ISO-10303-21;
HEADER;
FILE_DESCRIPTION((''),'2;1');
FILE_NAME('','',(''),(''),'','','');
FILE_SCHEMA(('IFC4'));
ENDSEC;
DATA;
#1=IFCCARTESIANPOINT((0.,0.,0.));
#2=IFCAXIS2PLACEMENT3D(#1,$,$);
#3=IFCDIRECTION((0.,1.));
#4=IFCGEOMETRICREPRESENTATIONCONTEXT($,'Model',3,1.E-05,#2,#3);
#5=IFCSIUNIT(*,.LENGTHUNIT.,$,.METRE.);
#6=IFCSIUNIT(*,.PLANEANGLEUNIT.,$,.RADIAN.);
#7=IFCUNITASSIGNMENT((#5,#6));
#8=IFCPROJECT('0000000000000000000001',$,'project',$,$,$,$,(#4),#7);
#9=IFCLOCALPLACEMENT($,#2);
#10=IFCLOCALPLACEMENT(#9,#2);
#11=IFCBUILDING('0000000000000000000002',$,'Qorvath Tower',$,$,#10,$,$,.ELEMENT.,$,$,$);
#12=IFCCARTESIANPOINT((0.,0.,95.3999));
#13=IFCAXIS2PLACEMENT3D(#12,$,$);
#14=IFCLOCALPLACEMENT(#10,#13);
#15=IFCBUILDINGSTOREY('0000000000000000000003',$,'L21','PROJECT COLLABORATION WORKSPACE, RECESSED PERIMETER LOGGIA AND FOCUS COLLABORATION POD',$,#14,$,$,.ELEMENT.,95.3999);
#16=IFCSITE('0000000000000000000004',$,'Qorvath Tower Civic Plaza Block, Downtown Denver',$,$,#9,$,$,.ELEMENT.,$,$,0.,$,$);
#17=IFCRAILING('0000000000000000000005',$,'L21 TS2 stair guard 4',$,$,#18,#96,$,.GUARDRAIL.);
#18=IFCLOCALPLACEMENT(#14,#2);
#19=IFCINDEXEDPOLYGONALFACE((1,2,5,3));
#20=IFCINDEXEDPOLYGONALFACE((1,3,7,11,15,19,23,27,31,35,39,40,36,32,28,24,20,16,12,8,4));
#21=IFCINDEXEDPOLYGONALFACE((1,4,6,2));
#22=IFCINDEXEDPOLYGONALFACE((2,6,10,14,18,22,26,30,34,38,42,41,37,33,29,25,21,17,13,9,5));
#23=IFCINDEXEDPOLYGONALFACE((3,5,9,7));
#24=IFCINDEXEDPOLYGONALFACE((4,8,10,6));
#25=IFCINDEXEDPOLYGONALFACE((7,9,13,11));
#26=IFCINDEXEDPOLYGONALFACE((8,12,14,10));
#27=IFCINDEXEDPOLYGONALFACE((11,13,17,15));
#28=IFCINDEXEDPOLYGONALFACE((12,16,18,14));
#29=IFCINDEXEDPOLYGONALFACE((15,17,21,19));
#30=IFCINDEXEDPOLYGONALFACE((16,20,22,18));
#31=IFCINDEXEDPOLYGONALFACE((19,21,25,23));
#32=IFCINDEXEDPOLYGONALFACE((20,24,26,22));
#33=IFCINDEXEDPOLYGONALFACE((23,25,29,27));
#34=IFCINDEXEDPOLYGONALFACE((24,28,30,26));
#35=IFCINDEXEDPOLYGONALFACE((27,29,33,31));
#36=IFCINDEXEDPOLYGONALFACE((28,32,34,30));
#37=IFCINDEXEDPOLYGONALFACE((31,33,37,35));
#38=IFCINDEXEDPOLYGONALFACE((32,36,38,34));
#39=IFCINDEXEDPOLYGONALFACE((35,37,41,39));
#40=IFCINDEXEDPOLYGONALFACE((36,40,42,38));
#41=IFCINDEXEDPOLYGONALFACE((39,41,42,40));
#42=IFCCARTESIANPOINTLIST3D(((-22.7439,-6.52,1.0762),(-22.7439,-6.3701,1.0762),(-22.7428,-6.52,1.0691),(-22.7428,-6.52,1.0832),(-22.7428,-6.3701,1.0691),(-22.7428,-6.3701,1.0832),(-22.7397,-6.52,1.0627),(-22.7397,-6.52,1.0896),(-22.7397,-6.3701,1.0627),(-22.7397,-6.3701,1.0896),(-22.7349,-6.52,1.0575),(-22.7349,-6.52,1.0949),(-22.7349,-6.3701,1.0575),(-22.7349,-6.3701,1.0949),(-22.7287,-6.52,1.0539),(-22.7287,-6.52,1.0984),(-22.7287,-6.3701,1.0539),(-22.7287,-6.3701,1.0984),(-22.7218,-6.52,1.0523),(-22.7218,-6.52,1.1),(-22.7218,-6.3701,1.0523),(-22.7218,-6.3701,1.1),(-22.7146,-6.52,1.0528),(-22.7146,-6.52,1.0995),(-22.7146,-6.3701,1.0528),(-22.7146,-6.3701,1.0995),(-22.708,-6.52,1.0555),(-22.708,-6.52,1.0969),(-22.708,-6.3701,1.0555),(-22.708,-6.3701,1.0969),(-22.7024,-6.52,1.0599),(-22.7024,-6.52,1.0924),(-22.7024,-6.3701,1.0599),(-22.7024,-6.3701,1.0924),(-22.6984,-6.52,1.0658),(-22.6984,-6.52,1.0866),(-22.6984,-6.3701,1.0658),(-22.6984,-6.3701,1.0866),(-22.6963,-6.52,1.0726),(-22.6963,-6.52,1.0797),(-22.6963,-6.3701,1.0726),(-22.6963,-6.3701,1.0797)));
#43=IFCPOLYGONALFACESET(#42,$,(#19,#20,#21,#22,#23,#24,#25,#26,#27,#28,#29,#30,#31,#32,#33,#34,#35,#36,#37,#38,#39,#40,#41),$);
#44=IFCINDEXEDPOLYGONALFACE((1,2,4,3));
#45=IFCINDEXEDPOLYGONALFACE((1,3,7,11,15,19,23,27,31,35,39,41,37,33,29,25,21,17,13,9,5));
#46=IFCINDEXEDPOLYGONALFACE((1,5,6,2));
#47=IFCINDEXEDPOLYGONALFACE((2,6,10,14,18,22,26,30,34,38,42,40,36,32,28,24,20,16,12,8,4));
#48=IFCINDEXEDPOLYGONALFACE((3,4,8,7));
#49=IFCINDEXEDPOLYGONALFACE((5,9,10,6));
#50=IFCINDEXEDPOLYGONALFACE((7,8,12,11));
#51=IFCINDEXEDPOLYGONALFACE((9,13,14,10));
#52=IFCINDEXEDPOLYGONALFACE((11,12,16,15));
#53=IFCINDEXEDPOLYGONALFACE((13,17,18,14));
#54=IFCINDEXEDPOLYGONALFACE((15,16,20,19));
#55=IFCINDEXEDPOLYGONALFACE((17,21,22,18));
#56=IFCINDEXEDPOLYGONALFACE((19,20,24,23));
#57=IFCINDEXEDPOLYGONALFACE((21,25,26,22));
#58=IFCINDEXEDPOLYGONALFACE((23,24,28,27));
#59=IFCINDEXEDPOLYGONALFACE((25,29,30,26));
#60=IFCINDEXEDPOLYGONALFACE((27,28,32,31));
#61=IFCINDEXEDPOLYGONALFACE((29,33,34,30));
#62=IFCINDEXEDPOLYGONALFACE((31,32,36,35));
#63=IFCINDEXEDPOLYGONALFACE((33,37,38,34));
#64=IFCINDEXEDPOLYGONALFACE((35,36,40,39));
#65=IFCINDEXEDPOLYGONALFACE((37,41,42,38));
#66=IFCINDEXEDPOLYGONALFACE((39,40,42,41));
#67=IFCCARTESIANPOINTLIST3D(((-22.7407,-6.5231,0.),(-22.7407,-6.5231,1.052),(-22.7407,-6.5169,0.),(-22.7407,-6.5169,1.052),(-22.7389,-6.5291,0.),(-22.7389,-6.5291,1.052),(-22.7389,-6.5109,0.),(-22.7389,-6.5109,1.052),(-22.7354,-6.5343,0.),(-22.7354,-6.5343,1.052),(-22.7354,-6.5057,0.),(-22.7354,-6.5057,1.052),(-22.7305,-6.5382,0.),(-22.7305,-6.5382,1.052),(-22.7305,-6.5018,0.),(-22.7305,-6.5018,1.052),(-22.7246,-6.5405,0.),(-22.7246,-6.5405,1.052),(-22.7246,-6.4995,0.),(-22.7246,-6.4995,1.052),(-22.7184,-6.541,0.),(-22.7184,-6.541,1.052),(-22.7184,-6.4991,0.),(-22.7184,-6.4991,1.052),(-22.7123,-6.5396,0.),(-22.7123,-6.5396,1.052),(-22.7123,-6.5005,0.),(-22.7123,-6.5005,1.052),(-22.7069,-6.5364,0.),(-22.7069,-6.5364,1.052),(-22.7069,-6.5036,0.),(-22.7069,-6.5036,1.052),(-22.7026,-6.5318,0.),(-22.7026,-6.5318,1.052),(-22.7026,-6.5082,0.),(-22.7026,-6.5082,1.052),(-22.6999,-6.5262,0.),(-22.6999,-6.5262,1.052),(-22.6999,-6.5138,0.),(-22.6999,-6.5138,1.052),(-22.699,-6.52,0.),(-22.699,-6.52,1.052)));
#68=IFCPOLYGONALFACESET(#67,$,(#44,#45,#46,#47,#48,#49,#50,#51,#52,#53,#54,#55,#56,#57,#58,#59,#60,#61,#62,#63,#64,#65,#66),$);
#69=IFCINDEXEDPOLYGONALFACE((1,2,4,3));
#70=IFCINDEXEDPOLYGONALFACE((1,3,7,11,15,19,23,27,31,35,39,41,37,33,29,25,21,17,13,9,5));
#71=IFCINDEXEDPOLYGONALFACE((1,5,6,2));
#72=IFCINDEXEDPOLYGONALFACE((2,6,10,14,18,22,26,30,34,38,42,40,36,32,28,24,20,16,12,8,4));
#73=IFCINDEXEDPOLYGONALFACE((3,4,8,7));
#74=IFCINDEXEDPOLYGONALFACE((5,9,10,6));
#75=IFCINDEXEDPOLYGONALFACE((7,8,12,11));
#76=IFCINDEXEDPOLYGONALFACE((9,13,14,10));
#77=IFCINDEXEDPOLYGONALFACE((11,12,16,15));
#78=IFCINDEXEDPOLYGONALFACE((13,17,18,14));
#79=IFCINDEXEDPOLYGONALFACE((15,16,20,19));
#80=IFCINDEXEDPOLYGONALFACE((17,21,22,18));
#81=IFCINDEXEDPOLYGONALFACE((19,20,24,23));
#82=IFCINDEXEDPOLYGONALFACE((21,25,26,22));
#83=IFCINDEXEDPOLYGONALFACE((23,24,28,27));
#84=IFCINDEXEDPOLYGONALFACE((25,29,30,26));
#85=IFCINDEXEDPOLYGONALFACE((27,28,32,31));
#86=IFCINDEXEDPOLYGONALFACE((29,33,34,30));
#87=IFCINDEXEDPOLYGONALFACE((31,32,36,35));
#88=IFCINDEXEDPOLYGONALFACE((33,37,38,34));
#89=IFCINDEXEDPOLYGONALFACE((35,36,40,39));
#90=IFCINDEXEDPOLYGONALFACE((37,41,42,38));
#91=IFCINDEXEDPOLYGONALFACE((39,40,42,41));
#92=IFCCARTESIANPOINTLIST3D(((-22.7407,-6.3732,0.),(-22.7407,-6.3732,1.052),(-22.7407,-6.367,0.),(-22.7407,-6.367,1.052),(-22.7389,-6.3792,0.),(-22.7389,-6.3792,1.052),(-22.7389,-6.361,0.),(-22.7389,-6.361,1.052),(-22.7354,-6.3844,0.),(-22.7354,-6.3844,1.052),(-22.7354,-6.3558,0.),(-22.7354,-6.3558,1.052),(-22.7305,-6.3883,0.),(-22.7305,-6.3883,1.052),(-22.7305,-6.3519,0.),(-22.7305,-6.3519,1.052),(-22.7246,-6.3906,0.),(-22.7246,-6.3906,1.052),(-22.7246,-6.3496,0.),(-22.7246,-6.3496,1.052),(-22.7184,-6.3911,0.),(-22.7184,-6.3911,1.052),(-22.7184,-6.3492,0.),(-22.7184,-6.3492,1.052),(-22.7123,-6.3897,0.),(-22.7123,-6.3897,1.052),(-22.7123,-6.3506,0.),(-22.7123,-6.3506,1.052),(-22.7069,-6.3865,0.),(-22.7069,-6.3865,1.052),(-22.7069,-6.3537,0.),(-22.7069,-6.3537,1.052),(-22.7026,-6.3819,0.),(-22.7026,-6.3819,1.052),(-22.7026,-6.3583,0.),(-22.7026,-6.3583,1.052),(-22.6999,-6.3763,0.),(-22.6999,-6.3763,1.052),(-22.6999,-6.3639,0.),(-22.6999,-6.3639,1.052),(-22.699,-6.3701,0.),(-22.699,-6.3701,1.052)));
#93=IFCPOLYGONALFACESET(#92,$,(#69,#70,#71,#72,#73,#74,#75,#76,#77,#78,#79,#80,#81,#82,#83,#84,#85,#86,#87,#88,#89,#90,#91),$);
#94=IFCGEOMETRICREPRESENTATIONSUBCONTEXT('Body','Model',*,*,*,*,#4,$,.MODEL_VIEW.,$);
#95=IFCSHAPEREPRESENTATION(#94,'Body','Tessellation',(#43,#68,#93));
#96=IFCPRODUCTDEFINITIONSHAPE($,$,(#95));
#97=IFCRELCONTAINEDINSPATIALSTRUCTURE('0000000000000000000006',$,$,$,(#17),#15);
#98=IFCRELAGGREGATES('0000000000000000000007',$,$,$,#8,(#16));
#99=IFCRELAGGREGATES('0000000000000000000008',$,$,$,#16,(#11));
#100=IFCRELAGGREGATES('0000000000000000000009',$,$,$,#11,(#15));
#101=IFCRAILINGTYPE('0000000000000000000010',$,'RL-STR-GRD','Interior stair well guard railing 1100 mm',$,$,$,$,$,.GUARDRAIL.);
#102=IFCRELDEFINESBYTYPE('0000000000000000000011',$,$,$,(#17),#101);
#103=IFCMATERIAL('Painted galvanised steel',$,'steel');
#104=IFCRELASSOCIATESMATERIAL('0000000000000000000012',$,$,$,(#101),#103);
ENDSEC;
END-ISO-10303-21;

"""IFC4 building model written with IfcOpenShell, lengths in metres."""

from ifc_helpers import new_model, si_unit, direction, frame, origin, origin_2d, place, context, subcontext, project, spatial, circle, extrude, material, type_object, element, save


model = new_model("IFC4")

# Units and contexts
model_context = context("Model", 3, precision=1e-05, world=origin(), true_north=direction((0.0, 1.0)))
body_context = subcontext(model_context, "Body", "Model", "MODEL_VIEW")
ifc_project = project(units=[si_unit("LENGTHUNIT", "METRE"), si_unit("PLANEANGLEUNIT", "RADIAN")], contexts=[model_context])

# Site, building, storey
site_placement = place(None, origin())
site = spatial("IfcSite", under=ifc_project, at=site_placement, Name="Qorvath Tower Civic Plaza Block, Downtown Denver", CompositionType="ELEMENT", RefElevation=0.0)
building_placement = place(site_placement, origin())
building = spatial("IfcBuilding", under=site, at=building_placement, Name="Qorvath Tower", CompositionType="ELEMENT")
storey_placement = place(building_placement, frame((0.0, 0.0, 95.3999)))
storey = spatial("IfcBuildingStorey", under=building, at=storey_placement, Name="L21", Description="PROJECT COLLABORATION WORKSPACE, RECESSED PERIMETER LOGGIA AND FOCUS COLLABORATION POD", CompositionType="ELEMENT", Elevation=95.3999)

# Railing
ifc_material_1 = material(Name="Painted galvanised steel", Category="steel")
railing_type_1 = type_object("IfcRailingType", Name="RL-STR-GRD", Description="Interior stair well guard railing 1100 mm", PredefinedType="GUARDRAIL", material=ifc_material_1)
railing_1_placement = place(storey_placement, frame((-22.72, -6.52, 0.0)))
element("IfcRailing", 1, at=railing_1_placement, inside=storey, type_object=railing_type_1, Name="L21 TS2 stair guard 4", PredefinedType="GUARDRAIL", context=body_context, shape_type="SweptSolid", body=[
    extrude(circle(Radius=0.0239, at=origin_2d()), frame((0.0, 0.0, 1.0762), z_axis=(0.0, 1.0, 0.0), x_axis=(-1.0, 0.0, 0.0)), (0.0, 0.0, 1.0), 0.1499),
    extrude(circle(Radius=0.021, at=origin_2d()), origin(), (0.0, 0.0, 1.0), 1.052),
    extrude(circle(Radius=0.021, at=origin_2d()), frame((0.0, 0.1499, 0.0)), (0.0, 0.0, 1.0), 1.052),
])

save(model, "model.ifc")
